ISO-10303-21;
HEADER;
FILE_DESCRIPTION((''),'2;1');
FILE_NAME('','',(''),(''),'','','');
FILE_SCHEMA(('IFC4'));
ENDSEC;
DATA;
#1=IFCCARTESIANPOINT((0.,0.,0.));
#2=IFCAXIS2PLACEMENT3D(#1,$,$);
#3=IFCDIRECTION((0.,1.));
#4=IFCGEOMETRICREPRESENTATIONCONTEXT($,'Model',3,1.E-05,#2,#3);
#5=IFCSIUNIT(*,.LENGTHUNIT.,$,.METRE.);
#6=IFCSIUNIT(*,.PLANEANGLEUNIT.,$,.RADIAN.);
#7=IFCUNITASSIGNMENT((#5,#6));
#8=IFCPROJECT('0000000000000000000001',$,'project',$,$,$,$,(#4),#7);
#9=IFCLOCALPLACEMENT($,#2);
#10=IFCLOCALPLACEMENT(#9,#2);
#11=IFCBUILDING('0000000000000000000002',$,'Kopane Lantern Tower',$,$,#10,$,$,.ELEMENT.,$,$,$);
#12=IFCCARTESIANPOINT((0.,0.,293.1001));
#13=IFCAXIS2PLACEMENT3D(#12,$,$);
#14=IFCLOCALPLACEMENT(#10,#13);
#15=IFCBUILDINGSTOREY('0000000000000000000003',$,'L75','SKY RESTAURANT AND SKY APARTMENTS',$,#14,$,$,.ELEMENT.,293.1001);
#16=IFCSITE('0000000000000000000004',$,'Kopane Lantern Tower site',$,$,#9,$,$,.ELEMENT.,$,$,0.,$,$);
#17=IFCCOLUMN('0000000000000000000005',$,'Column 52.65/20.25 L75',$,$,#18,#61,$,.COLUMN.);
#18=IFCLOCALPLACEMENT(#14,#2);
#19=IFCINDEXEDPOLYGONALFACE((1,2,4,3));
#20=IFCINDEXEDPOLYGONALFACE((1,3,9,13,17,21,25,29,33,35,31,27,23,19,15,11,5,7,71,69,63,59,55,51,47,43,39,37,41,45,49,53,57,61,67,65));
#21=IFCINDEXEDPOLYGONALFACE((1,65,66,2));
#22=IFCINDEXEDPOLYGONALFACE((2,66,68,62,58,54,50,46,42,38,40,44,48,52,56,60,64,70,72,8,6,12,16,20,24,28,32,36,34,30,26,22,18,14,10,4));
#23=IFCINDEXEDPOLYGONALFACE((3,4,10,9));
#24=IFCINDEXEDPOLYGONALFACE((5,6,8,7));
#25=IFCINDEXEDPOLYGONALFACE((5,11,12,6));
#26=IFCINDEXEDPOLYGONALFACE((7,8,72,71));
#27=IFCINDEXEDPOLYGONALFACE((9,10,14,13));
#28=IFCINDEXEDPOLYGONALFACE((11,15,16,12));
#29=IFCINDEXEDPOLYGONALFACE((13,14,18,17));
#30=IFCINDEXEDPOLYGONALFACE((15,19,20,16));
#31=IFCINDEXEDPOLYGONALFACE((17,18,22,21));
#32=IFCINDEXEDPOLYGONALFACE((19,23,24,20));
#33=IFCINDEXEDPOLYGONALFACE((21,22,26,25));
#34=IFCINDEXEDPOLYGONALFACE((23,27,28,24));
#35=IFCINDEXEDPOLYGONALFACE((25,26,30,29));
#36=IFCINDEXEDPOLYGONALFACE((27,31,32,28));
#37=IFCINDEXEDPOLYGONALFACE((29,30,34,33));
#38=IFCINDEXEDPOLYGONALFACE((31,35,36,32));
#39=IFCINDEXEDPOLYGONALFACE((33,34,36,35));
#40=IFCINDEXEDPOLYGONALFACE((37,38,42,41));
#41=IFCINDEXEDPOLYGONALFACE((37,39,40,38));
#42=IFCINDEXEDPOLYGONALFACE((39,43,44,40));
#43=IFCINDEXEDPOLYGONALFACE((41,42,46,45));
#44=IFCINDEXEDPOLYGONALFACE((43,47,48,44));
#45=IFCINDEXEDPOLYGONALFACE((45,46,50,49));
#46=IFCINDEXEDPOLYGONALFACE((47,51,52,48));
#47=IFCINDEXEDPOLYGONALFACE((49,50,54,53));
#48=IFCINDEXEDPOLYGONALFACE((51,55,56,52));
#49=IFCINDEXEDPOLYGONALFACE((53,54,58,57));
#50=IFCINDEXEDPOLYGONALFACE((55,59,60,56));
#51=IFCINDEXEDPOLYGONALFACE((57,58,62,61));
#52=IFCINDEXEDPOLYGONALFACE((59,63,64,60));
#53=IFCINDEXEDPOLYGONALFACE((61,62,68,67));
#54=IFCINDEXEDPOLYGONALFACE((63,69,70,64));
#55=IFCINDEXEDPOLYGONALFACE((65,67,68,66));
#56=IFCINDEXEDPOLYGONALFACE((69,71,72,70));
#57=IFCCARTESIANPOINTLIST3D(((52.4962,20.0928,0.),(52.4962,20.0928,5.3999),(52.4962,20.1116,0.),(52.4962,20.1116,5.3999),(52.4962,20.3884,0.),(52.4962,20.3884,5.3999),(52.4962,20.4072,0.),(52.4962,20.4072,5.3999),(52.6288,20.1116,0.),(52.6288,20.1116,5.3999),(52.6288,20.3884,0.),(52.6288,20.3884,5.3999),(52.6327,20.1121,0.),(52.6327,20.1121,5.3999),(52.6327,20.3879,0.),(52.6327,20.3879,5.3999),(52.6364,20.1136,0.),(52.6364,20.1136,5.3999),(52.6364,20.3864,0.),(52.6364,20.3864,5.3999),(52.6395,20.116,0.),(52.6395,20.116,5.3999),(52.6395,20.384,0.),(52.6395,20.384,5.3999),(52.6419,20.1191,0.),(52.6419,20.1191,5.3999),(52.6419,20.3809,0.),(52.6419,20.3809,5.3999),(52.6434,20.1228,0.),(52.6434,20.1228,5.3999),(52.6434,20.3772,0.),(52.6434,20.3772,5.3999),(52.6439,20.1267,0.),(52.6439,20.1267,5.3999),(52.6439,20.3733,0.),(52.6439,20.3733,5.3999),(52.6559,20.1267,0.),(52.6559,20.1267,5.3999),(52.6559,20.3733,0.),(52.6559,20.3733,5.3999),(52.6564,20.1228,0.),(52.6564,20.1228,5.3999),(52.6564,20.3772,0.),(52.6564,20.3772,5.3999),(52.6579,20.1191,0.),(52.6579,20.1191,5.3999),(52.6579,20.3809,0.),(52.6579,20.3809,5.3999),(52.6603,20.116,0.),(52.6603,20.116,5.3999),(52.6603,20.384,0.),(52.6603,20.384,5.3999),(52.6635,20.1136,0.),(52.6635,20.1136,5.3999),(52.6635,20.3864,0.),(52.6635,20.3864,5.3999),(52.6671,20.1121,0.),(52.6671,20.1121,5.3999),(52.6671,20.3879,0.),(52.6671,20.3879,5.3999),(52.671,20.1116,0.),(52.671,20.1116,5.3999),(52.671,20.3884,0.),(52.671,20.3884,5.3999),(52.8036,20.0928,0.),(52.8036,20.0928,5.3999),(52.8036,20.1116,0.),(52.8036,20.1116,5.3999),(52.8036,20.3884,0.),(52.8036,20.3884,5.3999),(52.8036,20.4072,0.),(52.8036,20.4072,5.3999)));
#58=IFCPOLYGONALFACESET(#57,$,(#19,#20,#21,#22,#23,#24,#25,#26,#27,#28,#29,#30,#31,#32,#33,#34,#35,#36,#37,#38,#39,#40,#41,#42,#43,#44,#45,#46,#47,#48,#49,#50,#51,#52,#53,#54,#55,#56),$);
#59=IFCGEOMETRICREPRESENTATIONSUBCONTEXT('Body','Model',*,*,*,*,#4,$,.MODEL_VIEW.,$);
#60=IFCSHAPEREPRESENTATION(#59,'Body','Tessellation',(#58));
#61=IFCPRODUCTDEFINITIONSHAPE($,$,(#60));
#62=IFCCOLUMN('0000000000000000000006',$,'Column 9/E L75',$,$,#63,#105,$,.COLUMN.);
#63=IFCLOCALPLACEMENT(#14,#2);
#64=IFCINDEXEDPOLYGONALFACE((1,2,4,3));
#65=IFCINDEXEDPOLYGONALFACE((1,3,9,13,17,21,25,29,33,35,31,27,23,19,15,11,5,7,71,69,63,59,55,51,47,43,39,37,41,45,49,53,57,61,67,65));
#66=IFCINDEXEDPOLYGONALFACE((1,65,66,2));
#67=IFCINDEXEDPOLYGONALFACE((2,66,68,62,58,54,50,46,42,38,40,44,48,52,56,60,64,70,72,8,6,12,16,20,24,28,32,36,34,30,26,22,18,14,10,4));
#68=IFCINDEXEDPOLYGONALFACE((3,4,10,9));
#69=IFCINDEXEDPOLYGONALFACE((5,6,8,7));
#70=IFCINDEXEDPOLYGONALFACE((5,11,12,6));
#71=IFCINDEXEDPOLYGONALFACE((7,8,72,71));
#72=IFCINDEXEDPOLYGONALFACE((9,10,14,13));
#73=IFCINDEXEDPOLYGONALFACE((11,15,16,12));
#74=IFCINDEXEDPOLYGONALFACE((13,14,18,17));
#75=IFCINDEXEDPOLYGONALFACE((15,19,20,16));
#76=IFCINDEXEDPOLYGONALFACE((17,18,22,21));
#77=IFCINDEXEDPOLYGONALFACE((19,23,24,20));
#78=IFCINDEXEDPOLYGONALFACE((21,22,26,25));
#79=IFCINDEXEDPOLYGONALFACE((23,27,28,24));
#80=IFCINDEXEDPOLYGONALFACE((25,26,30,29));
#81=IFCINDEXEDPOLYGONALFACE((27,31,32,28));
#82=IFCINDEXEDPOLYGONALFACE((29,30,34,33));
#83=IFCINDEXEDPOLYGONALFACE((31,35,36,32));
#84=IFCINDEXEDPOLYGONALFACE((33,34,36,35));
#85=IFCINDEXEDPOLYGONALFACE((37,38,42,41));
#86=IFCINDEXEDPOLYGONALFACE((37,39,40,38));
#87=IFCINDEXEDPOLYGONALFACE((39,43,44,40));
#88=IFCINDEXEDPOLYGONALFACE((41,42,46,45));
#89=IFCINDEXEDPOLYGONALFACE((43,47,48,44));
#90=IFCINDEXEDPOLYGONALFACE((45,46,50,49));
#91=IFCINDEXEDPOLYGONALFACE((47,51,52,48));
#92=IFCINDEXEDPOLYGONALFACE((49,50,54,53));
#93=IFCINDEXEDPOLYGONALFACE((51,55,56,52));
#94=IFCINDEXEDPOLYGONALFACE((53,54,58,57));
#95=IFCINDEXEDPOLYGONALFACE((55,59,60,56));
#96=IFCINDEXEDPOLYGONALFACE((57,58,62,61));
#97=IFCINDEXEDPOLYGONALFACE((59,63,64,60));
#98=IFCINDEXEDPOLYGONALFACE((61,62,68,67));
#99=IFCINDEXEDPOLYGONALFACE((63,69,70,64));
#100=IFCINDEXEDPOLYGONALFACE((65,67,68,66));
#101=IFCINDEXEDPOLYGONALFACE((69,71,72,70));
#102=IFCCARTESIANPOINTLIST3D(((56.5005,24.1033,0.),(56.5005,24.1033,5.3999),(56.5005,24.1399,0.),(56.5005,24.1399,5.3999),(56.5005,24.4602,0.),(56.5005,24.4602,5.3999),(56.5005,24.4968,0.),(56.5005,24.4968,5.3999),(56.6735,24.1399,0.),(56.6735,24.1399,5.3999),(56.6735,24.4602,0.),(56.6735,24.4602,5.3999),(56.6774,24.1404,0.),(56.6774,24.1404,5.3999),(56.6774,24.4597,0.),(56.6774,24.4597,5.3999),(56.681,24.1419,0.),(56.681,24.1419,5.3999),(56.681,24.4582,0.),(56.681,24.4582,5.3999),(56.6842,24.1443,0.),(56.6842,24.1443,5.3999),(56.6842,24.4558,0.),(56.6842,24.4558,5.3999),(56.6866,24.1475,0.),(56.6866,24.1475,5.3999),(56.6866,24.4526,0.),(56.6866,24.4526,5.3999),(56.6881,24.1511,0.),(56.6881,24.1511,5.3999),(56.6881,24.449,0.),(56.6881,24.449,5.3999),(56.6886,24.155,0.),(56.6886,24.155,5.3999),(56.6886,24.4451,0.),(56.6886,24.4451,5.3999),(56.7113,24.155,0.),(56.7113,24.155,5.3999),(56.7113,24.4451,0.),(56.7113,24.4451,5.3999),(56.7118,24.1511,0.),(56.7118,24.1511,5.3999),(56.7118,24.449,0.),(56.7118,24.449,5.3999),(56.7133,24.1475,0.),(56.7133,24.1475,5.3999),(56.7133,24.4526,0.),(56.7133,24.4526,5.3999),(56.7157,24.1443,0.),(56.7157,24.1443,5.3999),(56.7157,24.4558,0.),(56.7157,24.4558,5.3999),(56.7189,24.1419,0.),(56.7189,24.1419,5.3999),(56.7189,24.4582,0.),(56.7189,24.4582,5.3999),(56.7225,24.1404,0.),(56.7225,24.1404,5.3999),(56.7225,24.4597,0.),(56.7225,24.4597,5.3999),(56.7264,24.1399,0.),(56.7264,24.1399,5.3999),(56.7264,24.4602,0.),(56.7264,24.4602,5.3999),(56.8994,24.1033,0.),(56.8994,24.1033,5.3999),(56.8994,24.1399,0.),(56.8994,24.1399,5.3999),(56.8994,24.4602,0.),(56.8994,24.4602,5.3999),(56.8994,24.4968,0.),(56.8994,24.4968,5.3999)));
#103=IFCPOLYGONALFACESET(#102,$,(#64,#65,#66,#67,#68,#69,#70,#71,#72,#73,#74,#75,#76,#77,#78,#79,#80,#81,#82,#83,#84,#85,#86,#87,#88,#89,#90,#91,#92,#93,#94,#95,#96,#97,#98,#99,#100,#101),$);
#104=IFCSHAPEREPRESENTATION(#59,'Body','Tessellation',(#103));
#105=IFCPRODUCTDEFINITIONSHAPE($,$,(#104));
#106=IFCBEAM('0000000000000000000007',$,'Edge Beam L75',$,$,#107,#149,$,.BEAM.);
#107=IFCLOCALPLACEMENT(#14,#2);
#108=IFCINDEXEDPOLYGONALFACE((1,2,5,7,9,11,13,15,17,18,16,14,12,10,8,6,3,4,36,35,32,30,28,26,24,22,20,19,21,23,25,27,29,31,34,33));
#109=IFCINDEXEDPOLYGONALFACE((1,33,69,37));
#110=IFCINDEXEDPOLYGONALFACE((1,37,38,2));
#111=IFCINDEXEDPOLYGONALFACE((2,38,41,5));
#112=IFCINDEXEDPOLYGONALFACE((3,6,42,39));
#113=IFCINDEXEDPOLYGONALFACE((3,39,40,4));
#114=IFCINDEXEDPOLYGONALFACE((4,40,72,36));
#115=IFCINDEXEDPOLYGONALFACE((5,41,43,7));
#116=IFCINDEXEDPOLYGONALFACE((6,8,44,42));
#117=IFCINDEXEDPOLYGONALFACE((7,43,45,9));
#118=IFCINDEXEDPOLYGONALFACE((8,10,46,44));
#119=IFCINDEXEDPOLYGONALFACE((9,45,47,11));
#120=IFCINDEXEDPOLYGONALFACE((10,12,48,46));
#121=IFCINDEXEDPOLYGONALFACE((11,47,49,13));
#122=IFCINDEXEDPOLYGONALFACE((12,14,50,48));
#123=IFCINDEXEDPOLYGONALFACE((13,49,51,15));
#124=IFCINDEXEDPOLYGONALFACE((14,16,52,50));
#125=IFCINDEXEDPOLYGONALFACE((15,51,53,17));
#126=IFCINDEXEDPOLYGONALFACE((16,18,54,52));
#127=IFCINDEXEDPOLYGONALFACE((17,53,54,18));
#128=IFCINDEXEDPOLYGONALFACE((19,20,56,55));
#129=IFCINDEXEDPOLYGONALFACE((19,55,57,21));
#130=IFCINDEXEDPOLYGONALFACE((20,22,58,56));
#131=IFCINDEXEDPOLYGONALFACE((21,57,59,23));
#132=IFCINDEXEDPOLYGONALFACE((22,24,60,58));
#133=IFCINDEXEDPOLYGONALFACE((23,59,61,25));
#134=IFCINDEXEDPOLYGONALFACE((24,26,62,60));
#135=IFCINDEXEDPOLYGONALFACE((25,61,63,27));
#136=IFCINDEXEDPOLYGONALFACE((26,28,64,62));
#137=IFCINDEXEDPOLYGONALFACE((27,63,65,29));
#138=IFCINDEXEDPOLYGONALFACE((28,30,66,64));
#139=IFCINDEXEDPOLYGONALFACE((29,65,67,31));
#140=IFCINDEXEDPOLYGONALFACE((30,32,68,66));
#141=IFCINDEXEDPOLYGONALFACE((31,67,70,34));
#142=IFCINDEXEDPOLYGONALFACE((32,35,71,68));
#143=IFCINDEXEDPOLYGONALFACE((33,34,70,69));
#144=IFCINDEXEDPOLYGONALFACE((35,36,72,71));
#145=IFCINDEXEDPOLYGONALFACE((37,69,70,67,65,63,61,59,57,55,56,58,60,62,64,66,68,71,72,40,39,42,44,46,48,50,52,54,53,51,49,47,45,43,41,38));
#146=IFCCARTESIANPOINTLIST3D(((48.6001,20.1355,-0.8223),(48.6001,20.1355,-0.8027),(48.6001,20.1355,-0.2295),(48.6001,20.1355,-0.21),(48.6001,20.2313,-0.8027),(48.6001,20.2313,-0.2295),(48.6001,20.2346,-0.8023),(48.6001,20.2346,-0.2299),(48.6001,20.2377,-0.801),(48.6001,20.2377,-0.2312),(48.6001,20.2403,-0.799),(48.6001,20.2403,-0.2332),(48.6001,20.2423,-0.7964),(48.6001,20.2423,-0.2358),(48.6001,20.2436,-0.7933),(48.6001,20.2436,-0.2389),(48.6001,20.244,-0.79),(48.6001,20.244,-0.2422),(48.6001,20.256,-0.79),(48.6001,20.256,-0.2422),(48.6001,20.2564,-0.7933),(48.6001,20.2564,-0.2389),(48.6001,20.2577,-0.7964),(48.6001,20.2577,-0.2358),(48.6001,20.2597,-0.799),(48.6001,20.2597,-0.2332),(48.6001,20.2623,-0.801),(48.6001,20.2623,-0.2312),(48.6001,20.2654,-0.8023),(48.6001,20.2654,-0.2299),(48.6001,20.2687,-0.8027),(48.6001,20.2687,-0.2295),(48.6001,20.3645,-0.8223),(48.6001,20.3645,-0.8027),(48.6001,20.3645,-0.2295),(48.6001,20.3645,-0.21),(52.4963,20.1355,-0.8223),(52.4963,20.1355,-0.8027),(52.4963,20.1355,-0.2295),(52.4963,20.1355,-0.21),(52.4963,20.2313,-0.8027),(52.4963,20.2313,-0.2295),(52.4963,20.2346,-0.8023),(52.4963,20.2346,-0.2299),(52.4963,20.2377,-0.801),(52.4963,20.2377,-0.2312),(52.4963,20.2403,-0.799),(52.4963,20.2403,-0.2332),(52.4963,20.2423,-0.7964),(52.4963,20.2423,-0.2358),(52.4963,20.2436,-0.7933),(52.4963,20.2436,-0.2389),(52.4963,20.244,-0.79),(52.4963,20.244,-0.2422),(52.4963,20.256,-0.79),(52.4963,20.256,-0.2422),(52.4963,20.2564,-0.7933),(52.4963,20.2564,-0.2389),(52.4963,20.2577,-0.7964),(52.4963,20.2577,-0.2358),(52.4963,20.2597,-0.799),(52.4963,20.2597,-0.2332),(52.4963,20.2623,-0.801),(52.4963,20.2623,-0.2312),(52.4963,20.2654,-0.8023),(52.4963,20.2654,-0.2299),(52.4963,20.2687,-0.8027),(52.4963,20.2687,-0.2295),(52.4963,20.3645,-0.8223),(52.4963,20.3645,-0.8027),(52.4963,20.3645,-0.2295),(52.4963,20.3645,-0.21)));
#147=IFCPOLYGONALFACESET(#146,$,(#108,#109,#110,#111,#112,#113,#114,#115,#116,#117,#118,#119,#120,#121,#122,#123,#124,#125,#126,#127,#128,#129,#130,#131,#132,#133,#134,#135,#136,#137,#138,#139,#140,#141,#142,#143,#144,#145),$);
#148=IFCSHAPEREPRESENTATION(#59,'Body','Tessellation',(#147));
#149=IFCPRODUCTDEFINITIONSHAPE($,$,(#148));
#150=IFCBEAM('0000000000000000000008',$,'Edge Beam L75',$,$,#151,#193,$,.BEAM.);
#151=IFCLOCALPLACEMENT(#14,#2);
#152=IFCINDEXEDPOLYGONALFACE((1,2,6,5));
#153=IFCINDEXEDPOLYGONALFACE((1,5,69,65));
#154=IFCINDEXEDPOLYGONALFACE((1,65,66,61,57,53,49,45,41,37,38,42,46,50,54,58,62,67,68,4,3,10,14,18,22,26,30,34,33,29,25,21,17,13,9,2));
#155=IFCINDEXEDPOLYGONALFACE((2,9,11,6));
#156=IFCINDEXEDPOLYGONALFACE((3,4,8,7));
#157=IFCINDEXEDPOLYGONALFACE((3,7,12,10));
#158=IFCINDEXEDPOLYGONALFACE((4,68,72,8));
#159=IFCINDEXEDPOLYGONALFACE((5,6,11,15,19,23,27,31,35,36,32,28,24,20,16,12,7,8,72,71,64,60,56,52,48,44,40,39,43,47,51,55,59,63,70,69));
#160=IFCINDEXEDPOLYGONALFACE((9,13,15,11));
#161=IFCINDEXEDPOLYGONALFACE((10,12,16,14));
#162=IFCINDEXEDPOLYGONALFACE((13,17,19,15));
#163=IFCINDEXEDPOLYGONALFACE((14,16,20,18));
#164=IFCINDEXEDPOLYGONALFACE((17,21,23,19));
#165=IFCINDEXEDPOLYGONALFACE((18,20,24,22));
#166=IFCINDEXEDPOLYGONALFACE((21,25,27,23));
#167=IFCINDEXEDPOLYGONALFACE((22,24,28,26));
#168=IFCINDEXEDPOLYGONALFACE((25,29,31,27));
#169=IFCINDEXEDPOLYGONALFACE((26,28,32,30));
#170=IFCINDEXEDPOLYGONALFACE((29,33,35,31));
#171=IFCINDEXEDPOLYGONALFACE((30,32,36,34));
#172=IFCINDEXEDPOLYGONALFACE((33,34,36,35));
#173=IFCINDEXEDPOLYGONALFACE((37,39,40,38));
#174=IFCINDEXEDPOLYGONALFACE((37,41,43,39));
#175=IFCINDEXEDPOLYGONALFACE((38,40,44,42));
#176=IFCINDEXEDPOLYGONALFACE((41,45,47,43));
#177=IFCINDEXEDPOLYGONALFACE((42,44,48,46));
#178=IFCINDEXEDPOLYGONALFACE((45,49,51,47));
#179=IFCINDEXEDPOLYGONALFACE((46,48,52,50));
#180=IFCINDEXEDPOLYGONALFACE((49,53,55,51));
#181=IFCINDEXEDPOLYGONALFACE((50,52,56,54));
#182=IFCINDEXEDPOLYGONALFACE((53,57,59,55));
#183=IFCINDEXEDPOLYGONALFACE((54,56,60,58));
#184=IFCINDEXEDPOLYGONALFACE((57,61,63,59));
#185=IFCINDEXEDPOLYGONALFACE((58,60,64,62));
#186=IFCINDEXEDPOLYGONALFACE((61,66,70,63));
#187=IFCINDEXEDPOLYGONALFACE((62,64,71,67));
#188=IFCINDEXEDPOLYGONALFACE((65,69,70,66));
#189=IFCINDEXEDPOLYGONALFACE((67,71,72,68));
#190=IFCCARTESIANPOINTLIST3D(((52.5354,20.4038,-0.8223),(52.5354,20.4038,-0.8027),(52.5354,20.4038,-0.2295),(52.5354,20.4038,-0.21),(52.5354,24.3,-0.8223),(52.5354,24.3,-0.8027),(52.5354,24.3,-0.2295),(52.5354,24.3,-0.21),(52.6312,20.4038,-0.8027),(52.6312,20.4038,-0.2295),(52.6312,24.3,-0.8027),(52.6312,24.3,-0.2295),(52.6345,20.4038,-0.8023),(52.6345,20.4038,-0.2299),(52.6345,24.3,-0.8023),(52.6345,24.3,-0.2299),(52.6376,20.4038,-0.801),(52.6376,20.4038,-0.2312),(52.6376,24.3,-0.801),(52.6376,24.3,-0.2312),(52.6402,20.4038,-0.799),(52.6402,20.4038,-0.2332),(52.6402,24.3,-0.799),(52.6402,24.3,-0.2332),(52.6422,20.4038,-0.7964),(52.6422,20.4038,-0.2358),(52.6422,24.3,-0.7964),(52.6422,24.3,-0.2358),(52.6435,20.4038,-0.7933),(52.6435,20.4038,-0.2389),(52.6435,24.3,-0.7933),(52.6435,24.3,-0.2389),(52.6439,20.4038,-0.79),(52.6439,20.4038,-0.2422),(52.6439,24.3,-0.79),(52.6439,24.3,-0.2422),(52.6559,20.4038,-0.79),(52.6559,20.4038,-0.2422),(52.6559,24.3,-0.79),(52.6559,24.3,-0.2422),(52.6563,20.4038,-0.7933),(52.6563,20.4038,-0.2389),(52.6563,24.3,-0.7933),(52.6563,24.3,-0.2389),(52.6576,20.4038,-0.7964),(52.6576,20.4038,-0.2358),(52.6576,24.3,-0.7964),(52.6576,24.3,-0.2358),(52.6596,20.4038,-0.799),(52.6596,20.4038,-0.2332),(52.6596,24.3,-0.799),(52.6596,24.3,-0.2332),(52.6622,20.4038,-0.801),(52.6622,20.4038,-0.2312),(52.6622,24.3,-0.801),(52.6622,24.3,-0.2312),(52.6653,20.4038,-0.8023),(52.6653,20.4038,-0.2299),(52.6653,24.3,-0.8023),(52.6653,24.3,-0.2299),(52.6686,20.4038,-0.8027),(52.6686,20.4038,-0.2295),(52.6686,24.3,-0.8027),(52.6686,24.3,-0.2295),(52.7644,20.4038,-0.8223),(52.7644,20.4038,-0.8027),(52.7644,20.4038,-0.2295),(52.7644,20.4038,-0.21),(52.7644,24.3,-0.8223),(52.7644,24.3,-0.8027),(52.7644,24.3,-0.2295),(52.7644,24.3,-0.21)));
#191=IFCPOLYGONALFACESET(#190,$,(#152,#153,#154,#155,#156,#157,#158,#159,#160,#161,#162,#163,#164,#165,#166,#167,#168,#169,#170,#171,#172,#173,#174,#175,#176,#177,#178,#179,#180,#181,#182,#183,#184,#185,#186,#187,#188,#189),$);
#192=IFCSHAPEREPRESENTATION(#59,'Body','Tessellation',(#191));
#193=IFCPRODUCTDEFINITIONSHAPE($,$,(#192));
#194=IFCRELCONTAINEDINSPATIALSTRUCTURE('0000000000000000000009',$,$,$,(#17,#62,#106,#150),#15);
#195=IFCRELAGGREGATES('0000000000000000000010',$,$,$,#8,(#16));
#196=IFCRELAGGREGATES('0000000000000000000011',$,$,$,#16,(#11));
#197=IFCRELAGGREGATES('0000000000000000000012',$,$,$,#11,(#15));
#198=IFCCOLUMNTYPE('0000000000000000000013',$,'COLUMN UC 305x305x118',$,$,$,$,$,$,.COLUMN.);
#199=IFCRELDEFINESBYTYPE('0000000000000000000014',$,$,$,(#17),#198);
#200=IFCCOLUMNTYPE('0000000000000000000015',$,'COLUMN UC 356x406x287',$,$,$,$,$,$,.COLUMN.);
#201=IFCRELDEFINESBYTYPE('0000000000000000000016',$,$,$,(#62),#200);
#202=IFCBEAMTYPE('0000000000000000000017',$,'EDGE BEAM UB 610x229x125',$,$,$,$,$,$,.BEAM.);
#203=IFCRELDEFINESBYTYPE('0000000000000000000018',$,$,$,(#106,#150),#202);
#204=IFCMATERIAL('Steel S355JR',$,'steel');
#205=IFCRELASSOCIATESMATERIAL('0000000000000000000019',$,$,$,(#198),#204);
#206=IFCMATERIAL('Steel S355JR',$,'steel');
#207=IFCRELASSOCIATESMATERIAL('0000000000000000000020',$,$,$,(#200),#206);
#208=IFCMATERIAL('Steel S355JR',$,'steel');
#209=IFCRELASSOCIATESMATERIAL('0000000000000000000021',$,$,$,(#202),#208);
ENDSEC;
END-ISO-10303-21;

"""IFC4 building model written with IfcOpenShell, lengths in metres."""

from ifc_helpers import new_model, si_unit, direction, frame, origin, origin_2d, place, context, subcontext, project, spatial, i_section, extrude, material, material_profile, profile_set, type_object, element, save


model = new_model("IFC4")

# Units and contexts
model_context = context("Model", 3, precision=1e-05, world=origin(), true_north=direction((0.0, 1.0)))
body_context = subcontext(model_context, "Body", "Model", "MODEL_VIEW")
ifc_project = project(units=[si_unit("LENGTHUNIT", "METRE"), si_unit("PLANEANGLEUNIT", "RADIAN")], contexts=[model_context])

# Site, building, storey
site_placement = place(None, origin())
site = spatial("IfcSite", under=ifc_project, at=site_placement, Name="Kopane Lantern Tower site", CompositionType="ELEMENT", RefElevation=0.0)
building_placement = place(site_placement, origin())
building = spatial("IfcBuilding", under=site, at=building_placement, Name="Kopane Lantern Tower", CompositionType="ELEMENT")
storey_placement = place(building_placement, frame((0.0, 0.0, 293.1001)))
storey = spatial("IfcBuildingStorey", under=building, at=storey_placement, Name="L75", Description="SKY RESTAURANT AND SKY APARTMENTS", CompositionType="ELEMENT", Elevation=293.1001)

# Columns
ifc_material_1 = material(Name="Steel S355JR", Category="steel")
ifc_material_profile_1 = material_profile(ifc_material_1, i_section(OverallWidth=0.3074, OverallDepth=0.3145, WebThickness=0.012, FlangeThickness=0.0188, FilletRadius=0.0151, at=origin_2d()), Name="UC 305x305x118")
ifc_profile_set_1 = profile_set([ifc_material_profile_1], Name="Steel S355JR")
column_type_1 = type_object("IfcColumnType", Name="COLUMN UC 305x305x118", PredefinedType="COLUMN", material=ifc_profile_set_1)
column_1_placement = place(storey_placement, frame((52.6499, 20.25, 0.0), z_axis=(0.0, 0.0, 1.0), x_axis=(1.0, 0.0, 0.0)))
element("IfcColumn", 1, at=column_1_placement, inside=storey, type_object=column_type_1, Name="Column 52.65/20.25 L75", PredefinedType="COLUMN", context=body_context, shape_type="SweptSolid", body=[
    extrude(i_section(OverallWidth=0.3074, OverallDepth=0.3145, WebThickness=0.012, FlangeThickness=0.0188, FilletRadius=0.0151, at=origin_2d()), origin(), (0.0, 0.0, 1.0), 5.3999),
])
ifc_material_2 = material(Name="Steel S355JR", Category="steel")
ifc_material_profile_2 = material_profile(ifc_material_2, i_section(OverallWidth=0.3989, OverallDepth=0.3936, WebThickness=0.0227, FlangeThickness=0.0366, FilletRadius=0.0151, at=origin_2d()), Name="UC 356x406x287")
ifc_profile_set_2 = profile_set([ifc_material_profile_2], Name="Steel S355JR")
column_type_2 = type_object("IfcColumnType", Name="COLUMN UC 356x406x287", PredefinedType="COLUMN", material=ifc_profile_set_2)
column_2_placement = place(storey_placement, frame((56.7, 24.3, 0.0), z_axis=(0.0, 0.0, 1.0), x_axis=(1.0, 0.0, 0.0)))
element("IfcColumn", 2, at=column_2_placement, inside=storey, type_object=column_type_2, Name="Column 9/E L75", PredefinedType="COLUMN", context=body_context, shape_type="SweptSolid", body=[
    extrude(i_section(OverallWidth=0.3989, OverallDepth=0.3936, WebThickness=0.0227, FlangeThickness=0.0366, FilletRadius=0.0151, at=origin_2d()), origin(), (0.0, 0.0, 1.0), 5.3999),
])

# Beams
ifc_material_3 = material(Name="Steel S355JR", Category="steel")
ifc_material_profile_3 = material_profile(ifc_material_3, i_section(OverallWidth=0.229, OverallDepth=0.6123, WebThickness=0.012, FlangeThickness=0.0195, FilletRadius=0.0127, at=origin_2d()), Name="UB 610x229x125")
ifc_profile_set_3 = profile_set([ifc_material_profile_3], Name="Steel S355JR")
beam_type_1 = type_object("IfcBeamType", Name="EDGE BEAM UB 610x229x125", PredefinedType="BEAM", material=ifc_profile_set_3)
for number, where, z_axis, x_axis, name in (
    (3, (52.4963, 20.25, -0.5161), (-1.0, 0.0, 0.0), (0.0, -1.0, 0.0), "Edge Beam L75"),
    (4, (52.6499, 20.4038, -0.5161), (0.0, 1.0, 0.0), (-1.0, 0.0, 0.0), "Edge Beam L75"),
):
    element("IfcBeam", number, at=place(storey_placement, frame(where, z_axis=z_axis, x_axis=x_axis)), inside=storey, type_object=beam_type_1, Name=name, PredefinedType="BEAM", context=body_context, shape_type="SweptSolid", body=[
        extrude(i_section(OverallWidth=0.229, OverallDepth=0.6123, WebThickness=0.012, FlangeThickness=0.0195, FilletRadius=0.0127, at=origin_2d()), origin(), (0.0, 0.0, 1.0), 3.8962),
    ])

save(model, "model.ifc")
